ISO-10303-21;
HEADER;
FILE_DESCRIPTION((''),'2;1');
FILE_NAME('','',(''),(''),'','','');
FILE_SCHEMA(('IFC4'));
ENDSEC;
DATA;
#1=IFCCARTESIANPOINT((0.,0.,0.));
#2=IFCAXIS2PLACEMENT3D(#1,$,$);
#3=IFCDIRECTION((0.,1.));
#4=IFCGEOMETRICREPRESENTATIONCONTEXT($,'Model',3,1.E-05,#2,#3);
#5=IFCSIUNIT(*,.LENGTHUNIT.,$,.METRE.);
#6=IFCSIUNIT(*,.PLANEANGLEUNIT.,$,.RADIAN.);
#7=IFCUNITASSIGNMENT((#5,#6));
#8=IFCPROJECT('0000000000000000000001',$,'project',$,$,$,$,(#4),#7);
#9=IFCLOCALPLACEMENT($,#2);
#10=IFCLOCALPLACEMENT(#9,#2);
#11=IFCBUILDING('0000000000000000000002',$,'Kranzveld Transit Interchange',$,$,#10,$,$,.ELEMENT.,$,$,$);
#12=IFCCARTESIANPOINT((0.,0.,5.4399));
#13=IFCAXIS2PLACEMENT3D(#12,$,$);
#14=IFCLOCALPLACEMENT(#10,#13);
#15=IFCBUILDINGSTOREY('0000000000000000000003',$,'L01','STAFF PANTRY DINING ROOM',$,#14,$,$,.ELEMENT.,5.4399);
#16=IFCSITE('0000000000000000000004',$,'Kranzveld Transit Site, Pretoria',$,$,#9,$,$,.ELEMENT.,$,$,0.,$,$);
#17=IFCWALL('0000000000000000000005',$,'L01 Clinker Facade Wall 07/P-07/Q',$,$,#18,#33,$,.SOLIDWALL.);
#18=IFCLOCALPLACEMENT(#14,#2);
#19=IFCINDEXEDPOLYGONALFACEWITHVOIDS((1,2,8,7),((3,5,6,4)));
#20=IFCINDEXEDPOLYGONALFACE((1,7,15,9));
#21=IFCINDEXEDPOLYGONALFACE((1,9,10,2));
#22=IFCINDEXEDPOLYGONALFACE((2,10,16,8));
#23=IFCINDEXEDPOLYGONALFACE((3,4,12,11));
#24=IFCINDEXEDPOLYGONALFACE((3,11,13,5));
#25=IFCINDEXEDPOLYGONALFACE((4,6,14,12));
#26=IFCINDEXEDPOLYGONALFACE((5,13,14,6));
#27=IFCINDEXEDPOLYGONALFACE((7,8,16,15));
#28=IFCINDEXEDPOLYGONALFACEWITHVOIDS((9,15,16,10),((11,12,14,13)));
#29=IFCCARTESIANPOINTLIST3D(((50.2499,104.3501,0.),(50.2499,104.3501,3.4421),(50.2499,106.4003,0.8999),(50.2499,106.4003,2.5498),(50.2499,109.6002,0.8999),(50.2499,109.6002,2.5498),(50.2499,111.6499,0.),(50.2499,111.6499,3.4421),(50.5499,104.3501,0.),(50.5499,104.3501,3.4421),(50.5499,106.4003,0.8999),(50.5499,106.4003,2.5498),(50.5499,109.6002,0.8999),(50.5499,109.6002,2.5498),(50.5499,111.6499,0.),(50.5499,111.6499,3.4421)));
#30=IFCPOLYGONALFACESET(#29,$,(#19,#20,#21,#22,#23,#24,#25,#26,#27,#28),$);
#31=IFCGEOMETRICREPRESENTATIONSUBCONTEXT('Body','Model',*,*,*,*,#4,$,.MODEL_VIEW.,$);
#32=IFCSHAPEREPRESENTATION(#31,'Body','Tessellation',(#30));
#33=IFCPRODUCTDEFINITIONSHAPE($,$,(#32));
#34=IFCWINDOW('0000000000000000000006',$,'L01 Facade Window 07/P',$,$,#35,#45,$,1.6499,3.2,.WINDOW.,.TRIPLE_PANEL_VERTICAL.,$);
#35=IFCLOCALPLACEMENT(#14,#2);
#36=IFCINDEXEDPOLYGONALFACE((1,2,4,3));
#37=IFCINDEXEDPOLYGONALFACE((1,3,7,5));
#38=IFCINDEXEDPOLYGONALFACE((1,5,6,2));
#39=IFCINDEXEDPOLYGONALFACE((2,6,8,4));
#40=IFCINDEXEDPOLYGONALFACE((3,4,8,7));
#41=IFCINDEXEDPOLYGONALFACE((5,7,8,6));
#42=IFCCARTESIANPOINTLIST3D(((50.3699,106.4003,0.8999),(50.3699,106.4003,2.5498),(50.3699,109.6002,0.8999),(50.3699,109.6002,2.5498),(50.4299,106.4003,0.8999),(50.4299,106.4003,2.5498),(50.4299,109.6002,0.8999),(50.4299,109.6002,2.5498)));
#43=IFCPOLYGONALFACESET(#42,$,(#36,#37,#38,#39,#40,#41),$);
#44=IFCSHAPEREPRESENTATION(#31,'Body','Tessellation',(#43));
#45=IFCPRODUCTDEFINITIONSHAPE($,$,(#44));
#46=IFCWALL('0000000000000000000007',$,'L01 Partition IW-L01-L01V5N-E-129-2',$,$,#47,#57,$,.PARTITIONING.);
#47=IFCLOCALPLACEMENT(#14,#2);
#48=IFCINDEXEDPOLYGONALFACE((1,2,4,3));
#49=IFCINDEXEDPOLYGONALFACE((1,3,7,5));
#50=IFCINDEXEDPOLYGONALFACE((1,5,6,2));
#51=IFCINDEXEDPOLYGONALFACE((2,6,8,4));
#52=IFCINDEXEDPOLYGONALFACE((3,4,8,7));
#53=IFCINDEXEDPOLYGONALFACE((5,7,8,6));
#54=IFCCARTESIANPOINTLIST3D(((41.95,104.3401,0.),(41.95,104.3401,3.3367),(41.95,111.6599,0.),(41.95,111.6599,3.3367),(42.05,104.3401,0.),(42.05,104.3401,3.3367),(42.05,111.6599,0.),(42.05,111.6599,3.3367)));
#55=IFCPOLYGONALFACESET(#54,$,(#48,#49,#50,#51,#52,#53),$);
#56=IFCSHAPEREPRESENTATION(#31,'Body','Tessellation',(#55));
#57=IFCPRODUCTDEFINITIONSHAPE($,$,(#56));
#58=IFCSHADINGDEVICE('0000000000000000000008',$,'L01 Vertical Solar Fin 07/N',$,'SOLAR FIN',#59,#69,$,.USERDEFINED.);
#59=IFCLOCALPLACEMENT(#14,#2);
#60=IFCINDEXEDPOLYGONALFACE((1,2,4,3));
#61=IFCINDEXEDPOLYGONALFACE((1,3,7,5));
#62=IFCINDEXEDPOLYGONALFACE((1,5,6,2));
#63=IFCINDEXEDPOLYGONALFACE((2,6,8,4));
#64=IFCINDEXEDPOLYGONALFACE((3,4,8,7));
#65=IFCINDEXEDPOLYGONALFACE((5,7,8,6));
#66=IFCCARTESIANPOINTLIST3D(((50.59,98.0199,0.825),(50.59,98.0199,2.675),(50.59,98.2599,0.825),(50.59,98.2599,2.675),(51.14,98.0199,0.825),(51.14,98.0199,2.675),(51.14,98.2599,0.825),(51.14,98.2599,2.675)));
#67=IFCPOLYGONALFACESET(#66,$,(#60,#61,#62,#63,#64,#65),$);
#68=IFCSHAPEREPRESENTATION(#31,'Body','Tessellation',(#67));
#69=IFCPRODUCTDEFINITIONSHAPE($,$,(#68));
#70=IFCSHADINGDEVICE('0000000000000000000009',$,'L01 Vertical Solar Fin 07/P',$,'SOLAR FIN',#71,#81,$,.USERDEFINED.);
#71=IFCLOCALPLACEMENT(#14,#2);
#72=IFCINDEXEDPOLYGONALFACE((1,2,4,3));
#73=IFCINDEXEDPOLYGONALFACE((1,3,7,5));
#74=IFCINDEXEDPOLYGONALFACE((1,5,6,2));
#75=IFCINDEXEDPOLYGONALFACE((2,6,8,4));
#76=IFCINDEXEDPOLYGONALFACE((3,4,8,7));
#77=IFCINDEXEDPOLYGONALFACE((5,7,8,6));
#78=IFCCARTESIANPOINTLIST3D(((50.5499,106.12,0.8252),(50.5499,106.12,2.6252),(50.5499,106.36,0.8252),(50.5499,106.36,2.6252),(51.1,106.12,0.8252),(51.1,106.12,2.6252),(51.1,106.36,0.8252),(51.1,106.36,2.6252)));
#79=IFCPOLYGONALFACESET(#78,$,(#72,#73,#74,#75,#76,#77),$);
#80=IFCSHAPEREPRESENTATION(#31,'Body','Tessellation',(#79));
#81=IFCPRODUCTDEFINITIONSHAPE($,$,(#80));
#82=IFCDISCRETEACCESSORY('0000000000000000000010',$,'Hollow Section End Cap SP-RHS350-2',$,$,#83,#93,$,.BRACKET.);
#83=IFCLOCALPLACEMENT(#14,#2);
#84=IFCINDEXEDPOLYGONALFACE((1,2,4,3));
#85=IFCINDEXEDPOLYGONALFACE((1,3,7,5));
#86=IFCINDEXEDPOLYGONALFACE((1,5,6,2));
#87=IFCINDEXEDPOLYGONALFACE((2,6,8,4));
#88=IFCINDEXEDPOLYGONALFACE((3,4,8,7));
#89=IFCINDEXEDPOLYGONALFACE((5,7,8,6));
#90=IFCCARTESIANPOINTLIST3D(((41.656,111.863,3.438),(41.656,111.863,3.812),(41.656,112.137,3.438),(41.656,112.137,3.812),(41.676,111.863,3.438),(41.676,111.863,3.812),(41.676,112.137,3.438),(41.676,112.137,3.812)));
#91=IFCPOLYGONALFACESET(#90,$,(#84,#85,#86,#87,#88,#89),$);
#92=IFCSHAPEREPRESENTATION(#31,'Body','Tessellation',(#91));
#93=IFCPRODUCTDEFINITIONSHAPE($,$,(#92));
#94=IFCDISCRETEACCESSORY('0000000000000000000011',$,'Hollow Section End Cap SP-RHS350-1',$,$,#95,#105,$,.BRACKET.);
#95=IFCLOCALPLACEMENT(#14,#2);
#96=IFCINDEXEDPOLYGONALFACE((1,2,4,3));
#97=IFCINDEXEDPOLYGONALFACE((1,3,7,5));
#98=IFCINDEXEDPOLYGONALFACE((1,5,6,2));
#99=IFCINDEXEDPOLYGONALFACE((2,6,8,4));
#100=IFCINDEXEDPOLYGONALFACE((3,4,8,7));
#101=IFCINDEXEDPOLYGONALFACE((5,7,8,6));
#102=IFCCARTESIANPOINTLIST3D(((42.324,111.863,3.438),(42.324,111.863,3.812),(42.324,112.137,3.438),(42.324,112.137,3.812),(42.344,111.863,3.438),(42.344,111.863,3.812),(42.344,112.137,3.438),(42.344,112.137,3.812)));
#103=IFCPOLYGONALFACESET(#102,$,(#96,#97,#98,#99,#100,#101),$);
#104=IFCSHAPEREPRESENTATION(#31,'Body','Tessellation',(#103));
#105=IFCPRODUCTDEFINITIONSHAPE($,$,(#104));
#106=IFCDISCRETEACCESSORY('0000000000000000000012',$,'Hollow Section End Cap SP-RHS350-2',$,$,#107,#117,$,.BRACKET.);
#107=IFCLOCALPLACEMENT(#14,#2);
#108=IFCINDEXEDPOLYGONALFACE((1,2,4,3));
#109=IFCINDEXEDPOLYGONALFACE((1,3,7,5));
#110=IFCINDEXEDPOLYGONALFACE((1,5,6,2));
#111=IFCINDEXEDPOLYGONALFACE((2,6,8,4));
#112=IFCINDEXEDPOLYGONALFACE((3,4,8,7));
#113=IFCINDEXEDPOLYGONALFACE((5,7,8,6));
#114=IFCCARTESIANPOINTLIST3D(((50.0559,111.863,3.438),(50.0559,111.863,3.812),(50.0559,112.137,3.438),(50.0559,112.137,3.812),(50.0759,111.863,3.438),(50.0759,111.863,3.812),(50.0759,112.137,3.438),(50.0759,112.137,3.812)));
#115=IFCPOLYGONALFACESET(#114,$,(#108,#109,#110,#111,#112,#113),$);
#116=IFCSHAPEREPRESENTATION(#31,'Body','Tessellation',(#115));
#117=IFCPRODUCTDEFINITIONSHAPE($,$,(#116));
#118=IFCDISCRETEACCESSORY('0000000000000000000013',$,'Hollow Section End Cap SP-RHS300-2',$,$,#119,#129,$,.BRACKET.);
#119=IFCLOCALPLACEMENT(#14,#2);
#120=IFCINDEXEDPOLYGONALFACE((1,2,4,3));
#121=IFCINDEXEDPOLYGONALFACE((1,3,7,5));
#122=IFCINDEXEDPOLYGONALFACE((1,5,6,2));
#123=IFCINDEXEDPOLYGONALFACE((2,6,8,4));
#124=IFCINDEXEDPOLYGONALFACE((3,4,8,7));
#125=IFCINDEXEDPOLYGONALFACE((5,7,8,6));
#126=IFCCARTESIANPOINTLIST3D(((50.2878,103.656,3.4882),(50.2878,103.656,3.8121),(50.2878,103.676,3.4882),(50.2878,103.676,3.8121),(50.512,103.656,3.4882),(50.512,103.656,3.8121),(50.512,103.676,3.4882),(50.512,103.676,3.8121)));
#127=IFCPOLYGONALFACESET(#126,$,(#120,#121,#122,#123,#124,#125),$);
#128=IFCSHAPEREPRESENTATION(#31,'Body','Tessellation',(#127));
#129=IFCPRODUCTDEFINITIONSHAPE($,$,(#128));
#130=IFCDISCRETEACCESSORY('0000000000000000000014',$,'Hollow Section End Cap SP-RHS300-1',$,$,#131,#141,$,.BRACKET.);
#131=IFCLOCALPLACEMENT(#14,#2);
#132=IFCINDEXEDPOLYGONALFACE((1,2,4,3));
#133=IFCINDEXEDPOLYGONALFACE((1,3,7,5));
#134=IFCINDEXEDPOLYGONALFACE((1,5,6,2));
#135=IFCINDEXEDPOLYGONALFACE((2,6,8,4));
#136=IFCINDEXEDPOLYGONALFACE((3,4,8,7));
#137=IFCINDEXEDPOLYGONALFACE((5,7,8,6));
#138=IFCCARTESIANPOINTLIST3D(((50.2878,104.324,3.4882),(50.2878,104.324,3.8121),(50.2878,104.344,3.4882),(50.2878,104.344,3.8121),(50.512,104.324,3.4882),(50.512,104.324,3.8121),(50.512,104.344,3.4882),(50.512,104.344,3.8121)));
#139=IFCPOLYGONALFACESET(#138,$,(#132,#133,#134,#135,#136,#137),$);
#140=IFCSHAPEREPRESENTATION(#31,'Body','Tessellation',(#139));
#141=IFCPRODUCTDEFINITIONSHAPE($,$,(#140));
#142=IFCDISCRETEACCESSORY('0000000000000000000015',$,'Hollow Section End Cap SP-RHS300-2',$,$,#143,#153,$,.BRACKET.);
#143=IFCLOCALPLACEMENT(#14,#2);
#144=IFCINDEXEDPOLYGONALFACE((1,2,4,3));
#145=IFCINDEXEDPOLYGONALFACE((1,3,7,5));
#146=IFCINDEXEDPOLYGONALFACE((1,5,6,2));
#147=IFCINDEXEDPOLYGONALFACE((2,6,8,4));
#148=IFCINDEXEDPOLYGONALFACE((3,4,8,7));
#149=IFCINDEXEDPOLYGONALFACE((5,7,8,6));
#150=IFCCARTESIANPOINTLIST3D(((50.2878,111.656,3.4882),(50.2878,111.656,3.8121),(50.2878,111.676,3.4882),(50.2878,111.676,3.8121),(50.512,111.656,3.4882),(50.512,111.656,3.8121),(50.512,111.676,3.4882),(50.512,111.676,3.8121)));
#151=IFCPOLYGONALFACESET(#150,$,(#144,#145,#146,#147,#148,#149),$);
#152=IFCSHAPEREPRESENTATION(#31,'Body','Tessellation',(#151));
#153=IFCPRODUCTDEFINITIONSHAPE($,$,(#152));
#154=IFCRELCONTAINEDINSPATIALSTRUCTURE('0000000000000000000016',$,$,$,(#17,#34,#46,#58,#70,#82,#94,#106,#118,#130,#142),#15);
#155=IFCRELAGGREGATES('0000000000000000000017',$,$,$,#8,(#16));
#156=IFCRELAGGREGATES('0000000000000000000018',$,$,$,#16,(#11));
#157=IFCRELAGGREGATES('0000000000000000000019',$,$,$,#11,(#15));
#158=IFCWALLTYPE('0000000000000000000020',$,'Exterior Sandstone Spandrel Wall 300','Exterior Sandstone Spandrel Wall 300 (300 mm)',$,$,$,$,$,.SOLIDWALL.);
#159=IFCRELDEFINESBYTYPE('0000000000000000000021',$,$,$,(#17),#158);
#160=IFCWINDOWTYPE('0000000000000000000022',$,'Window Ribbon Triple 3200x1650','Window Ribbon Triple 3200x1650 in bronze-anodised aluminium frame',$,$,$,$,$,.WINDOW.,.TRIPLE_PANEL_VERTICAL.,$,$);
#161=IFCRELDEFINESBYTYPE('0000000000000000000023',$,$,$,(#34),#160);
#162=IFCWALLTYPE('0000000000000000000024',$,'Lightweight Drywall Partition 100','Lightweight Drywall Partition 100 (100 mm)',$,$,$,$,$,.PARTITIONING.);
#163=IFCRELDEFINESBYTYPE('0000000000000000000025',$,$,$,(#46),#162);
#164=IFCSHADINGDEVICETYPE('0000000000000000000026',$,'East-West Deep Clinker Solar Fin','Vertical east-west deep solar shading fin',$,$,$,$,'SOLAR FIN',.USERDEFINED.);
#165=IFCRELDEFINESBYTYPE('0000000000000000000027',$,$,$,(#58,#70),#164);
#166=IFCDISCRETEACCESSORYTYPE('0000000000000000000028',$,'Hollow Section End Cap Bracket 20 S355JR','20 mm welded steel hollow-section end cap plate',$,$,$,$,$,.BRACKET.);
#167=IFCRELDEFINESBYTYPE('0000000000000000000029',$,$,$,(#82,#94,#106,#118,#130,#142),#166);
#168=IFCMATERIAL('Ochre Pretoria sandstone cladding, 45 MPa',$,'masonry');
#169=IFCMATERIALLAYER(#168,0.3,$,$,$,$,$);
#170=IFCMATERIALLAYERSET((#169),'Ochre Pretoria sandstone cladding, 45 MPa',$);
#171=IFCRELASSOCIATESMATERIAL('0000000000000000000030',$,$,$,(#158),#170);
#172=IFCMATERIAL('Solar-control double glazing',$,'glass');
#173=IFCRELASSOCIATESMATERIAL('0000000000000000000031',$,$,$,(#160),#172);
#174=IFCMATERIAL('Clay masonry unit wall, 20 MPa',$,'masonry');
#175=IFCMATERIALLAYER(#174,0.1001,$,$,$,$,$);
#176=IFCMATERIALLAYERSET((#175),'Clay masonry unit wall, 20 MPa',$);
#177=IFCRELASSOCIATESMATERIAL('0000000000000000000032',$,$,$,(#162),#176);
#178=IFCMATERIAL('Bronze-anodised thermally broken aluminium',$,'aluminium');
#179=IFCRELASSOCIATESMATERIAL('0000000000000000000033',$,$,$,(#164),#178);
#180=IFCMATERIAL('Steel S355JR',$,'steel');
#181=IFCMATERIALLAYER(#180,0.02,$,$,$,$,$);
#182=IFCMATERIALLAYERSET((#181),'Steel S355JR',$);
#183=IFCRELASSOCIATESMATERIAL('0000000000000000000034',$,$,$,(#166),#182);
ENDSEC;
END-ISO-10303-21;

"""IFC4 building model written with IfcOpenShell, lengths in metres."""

from ifc_helpers import new_model, si_unit, direction, frame, frame_2d, origin, origin_2d, place, context, subcontext, project, spatial, rectangle, extrude, material, layer, layer_set, type_object, element, fill, save


model = new_model("IFC4")

# Units and contexts
model_context = context("Model", 3, precision=1e-05, world=origin(), true_north=direction((0.0, 1.0)))
body_context = subcontext(model_context, "Body", "Model", "MODEL_VIEW")
ifc_project = project(units=[si_unit("LENGTHUNIT", "METRE"), si_unit("PLANEANGLEUNIT", "RADIAN")], contexts=[model_context])

# Site, building, storey
site_placement = place(None, origin())
site = spatial("IfcSite", under=ifc_project, at=site_placement, Name="Kranzveld Transit Site, Pretoria", CompositionType="ELEMENT", RefElevation=0.0)
building_placement = place(site_placement, origin())
building = spatial("IfcBuilding", under=site, at=building_placement, Name="Kranzveld Transit Interchange", CompositionType="ELEMENT")
storey_placement = place(building_placement, frame((0.0, 0.0, 5.4399)))
storey = spatial("IfcBuildingStorey", under=building, at=storey_placement, Name="L01", Description="STAFF PANTRY DINING ROOM", CompositionType="ELEMENT", Elevation=5.4399)

# Wall, opening, window
ifc_material_1 = material(Name="Ochre Pretoria sandstone cladding, 45 MPa", Category="masonry")
ifc_layer_1 = layer(ifc_material_1, 0.3)
ifc_layer_set_1 = layer_set([ifc_layer_1], Name="Ochre Pretoria sandstone cladding, 45 MPa")
wall_type_1 = type_object("IfcWallType", Name="Exterior Sandstone Spandrel Wall 300", Description="Exterior Sandstone Spandrel Wall 300 (300 mm)", PredefinedType="SOLIDWALL", material=ifc_layer_set_1)
wall_1_placement = place(storey_placement, frame((50.3999, 104.3501, 0.0), z_axis=(0.0, 0.0, 1.0), x_axis=(0.0, 1.0, 0.0)))
wall_1 = element("IfcWall", 1, at=wall_1_placement, inside=storey, type_object=wall_type_1, Name="L01 Clinker Facade Wall 07/P-07/Q", PredefinedType="SOLIDWALL", context=body_context, shape_type="SweptSolid", body=[
    extrude(rectangle(XDim=7.2998, YDim=0.3, at=frame_2d((3.6499, 0.0))), origin(), (0.0, 0.0, 1.0), 3.4421),
])
opening_1_placement = place(wall_1_placement, frame((2.05, 0.0, 0.8999), z_axis=(0.0, 0.0, 1.0), x_axis=(1.0, 0.0, 0.0)))
opening_1 = element("IfcOpeningElement", 2, at=opening_1_placement, cuts=wall_1, PredefinedType="OPENING", context=body_context, shape_type="SweptSolid", body=[
    extrude(rectangle(XDim=3.2, YDim=1.6499, at=frame_2d((1.6001, 0.825))), frame((0.0, 0.1599, 0.0), z_axis=(0.0, -1.0, 0.0), x_axis=(1.0, 0.0, 0.0)), (0.0, 0.0, 1.0), 0.3201),
])
ifc_material_2 = material(Name="Solar-control double glazing", Category="glass")
window_type_1 = type_object("IfcWindowType", Name="Window Ribbon Triple 3200x1650", Description="Window Ribbon Triple 3200x1650 in bronze-anodised aluminium frame", PartitioningType="TRIPLE_PANEL_VERTICAL", PredefinedType="WINDOW", material=ifc_material_2)
window_1_placement = place(opening_1_placement, origin())
window_1 = element("IfcWindow", 3, at=window_1_placement, inside=storey, type_object=window_type_1, Name="L01 Facade Window 07/P", OverallHeight=1.6499, OverallWidth=3.2, PartitioningType="TRIPLE_PANEL_VERTICAL", PredefinedType="WINDOW", context=body_context, shape_type="SweptSolid", body=[
    extrude(rectangle(XDim=3.2, YDim=1.6499, at=frame_2d((1.6001, 0.825))), frame((0.0, 0.03, 0.0), z_axis=(0.0, -1.0, 0.0), x_axis=(1.0, 0.0, 0.0)), (0.0, 0.0, 1.0), 0.0601),
])
fill(opening_1, window_1)

# Wall
ifc_material_3 = material(Name="Clay masonry unit wall, 20 MPa", Category="masonry")
ifc_layer_2 = layer(ifc_material_3, 0.1001)
ifc_layer_set_2 = layer_set([ifc_layer_2], Name="Clay masonry unit wall, 20 MPa")
wall_type_2 = type_object("IfcWallType", Name="Lightweight Drywall Partition 100", Description="Lightweight Drywall Partition 100 (100 mm)", PredefinedType="PARTITIONING", material=ifc_layer_set_2)
wall_2_placement = place(storey_placement, frame((42.0, 104.3401, 0.0), z_axis=(0.0, 0.0, 1.0), x_axis=(0.0, 1.0, 0.0)))
element("IfcWall", 4, at=wall_2_placement, inside=storey, type_object=wall_type_2, Name="L01 Partition IW-L01-L01V5N-E-129-2", PredefinedType="PARTITIONING", context=body_context, shape_type="SweptSolid", body=[
    extrude(rectangle(XDim=7.3198, YDim=0.1001, at=frame_2d((3.6599, 0.0))), origin(), (0.0, 0.0, 1.0), 3.3367),
])

# Shading devices
ifc_material_4 = material(Name="Bronze-anodised thermally broken aluminium", Category="aluminium")
shading_device_type = type_object("IfcShadingDeviceType", Name="East-West Deep Clinker Solar Fin", Description="Vertical east-west deep solar shading fin", ElementType="SOLAR FIN", PredefinedType="USERDEFINED", material=ifc_material_4)
shading_device_1_placement = place(storey_placement, frame((50.865, 98.1399, 0.825), z_axis=(0.0, 0.0, 1.0), x_axis=(0.0, 1.0, 0.0)))
element("IfcShadingDevice", 5, at=shading_device_1_placement, inside=storey, type_object=shading_device_type, Name="L01 Vertical Solar Fin 07/N", ObjectType="SOLAR FIN", PredefinedType="USERDEFINED", context=body_context, shape_type="SweptSolid", body=[
    extrude(rectangle(XDim=0.24, YDim=0.55, at=origin_2d()), origin(), (0.0, 0.0, 1.0), 1.8501),
])
shading_device_2_placement = place(storey_placement, frame((50.825, 106.24, 0.8252), z_axis=(0.0, 0.0, 1.0), x_axis=(0.0, 1.0, 0.0)))
element("IfcShadingDevice", 6, at=shading_device_2_placement, inside=storey, type_object=shading_device_type, Name="L01 Vertical Solar Fin 07/P", ObjectType="SOLAR FIN", PredefinedType="USERDEFINED", context=body_context, shape_type="SweptSolid", body=[
    extrude(rectangle(XDim=0.24, YDim=0.55, at=origin_2d()), origin(), (0.0, 0.0, 1.0), 1.8),
])

# Discrete accessories
ifc_material_5 = material(Name="Steel S355JR", Category="steel")
ifc_layer_3 = layer(ifc_material_5, 0.02)
ifc_layer_set_3 = layer_set([ifc_layer_3], Name="Steel S355JR")
discrete_accessory_type = type_object("IfcDiscreteAccessoryType", Name="Hollow Section End Cap Bracket 20 S355JR", Description="20 mm welded steel hollow-section end cap plate", PredefinedType="BRACKET", material=ifc_layer_set_3)
for number, where, z_axis, x_axis, name in (
    (7, (41.656, 112.0, 3.625), (1.0, 0.0, 0.0), (0.0, 1.0, 0.0), "Hollow Section End Cap SP-RHS350-2"),
    (8, (42.344, 112.0, 3.625), (-1.0, 0.0, 0.0), (0.0, -1.0, 0.0), "Hollow Section End Cap SP-RHS350-1"),
    (9, (50.0559, 112.0, 3.625), (1.0, 0.0, 0.0), (0.0, 1.0, 0.0), "Hollow Section End Cap SP-RHS350-2"),
):
    element("IfcDiscreteAccessory", number, at=place(storey_placement, frame(where, z_axis=z_axis, x_axis=x_axis)), inside=storey, type_object=discrete_accessory_type, Name=name, PredefinedType="BRACKET", context=body_context, shape_type="SweptSolid", body=[
        extrude(rectangle(XDim=0.2739, YDim=0.374, at=origin_2d()), origin(), (0.0, 0.0, 1.0), 0.02),
    ])
for number, where, z_axis, x_axis, name in (
    (10, (50.3999, 103.656, 3.6501), (0.0, 1.0, 0.0), (-1.0, 0.0, 0.0), "Hollow Section End Cap SP-RHS300-2"),
    (11, (50.3999, 104.344, 3.6501), (0.0, -1.0, 0.0), (1.0, 0.0, 0.0), "Hollow Section End Cap SP-RHS300-1"),
    (12, (50.3999, 111.656, 3.6501), (0.0, 1.0, 0.0), (-1.0, 0.0, 0.0), "Hollow Section End Cap SP-RHS300-2"),
):
    element("IfcDiscreteAccessory", number, at=place(storey_placement, frame(where, z_axis=z_axis, x_axis=x_axis)), inside=storey, type_object=discrete_accessory_type, Name=name, PredefinedType="BRACKET", context=body_context, shape_type="SweptSolid", body=[
        extrude(rectangle(XDim=0.2241, YDim=0.324, at=origin_2d()), origin(), (0.0, 0.0, 1.0), 0.02),
    ])

save(model, "model.ifc")
